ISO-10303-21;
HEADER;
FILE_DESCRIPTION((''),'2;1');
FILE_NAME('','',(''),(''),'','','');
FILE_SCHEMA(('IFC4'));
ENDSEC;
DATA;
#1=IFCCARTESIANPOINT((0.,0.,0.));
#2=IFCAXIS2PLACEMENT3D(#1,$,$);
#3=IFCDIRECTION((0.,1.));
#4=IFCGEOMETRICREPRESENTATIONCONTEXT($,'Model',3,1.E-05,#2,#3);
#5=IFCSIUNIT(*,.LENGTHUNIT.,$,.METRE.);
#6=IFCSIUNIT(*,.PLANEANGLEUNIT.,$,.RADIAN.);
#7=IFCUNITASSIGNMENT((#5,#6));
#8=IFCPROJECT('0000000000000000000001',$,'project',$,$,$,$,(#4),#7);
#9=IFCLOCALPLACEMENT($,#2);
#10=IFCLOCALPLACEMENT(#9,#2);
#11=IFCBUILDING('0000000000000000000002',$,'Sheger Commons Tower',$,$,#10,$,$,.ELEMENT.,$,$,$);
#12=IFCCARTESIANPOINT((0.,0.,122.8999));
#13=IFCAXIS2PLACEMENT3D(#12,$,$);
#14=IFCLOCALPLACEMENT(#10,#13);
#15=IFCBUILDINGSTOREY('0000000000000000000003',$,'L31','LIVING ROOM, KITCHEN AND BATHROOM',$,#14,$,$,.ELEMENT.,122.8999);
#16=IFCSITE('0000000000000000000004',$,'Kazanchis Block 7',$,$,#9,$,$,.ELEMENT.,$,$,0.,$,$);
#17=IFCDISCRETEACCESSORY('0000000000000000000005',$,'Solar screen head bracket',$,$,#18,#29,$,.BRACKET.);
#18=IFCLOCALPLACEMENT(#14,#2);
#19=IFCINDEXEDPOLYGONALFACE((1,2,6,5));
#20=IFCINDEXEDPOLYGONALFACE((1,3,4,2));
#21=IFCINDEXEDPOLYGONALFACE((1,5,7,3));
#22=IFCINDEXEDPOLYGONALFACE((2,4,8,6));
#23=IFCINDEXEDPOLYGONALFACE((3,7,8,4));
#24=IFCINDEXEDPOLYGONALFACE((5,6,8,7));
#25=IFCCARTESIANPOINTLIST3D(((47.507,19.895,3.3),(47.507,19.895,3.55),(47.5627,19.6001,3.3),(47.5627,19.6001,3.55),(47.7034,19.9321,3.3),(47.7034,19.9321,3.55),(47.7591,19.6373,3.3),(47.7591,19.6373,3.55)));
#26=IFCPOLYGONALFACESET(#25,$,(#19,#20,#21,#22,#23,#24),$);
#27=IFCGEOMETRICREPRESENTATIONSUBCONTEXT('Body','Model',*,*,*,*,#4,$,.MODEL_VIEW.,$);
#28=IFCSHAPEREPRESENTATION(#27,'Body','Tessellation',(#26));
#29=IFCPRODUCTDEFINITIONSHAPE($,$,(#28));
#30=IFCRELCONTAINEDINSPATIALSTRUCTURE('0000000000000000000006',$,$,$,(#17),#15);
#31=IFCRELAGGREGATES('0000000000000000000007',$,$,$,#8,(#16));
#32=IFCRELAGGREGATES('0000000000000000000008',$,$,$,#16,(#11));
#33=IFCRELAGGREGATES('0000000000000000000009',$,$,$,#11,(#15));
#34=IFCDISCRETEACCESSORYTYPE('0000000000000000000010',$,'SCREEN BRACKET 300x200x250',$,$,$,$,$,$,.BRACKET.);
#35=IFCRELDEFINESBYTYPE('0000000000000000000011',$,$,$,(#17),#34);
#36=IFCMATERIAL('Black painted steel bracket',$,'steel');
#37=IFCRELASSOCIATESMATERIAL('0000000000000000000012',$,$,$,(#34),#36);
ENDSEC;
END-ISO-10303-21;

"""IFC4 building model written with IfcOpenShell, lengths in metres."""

from ifc_helpers import new_model, si_unit, direction, frame, origin, origin_2d, place, context, subcontext, project, spatial, rectangle, extrude, material, type_object, element, save


model = new_model("IFC4")

# Units and contexts
model_context = context("Model", 3, precision=1e-05, world=origin(), true_north=direction((0.0, 1.0)))
body_context = subcontext(model_context, "Body", "Model", "MODEL_VIEW")
ifc_project = project(units=[si_unit("LENGTHUNIT", "METRE"), si_unit("PLANEANGLEUNIT", "RADIAN")], contexts=[model_context])

# Site, building, storey
site_placement = place(None, origin())
site = spatial("IfcSite", under=ifc_project, at=site_placement, Name="Kazanchis Block 7", CompositionType="ELEMENT", RefElevation=0.0)
building_placement = place(site_placement, origin())
building = spatial("IfcBuilding", under=site, at=building_placement, Name="Sheger Commons Tower", CompositionType="ELEMENT")
storey_placement = place(building_placement, frame((0.0, 0.0, 122.8999)))
storey = spatial("IfcBuildingStorey", under=building, at=storey_placement, Name="L31", Description="LIVING ROOM, KITCHEN AND BATHROOM", CompositionType="ELEMENT", Elevation=122.8999)

# Discrete accessory
ifc_material_1 = material(Name="Black painted steel bracket", Category="steel")
discrete_accessory_type = type_object("IfcDiscreteAccessoryType", Name="SCREEN BRACKET 300x200x250", PredefinedType="BRACKET", material=ifc_material_1)
for number, where, z_axis, x_axis, name in (
    (1, (47.6331, 19.7661, 3.3), (0.0, 0.0, 1.0), (-0.185615, 0.982623, 0.0), "Solar screen head bracket"),
):
    element("IfcDiscreteAccessory", number, at=place(storey_placement, frame(where, z_axis=z_axis, x_axis=x_axis)), inside=storey, type_object=discrete_accessory_type, Name=name, PredefinedType="BRACKET", context=body_context, shape_type="SweptSolid", body=[
        extrude(rectangle(XDim=0.3, YDim=0.2, at=origin_2d()), origin(), (0.0, 0.0, 1.0), 0.25),
    ])

save(model, "model.ifc")
